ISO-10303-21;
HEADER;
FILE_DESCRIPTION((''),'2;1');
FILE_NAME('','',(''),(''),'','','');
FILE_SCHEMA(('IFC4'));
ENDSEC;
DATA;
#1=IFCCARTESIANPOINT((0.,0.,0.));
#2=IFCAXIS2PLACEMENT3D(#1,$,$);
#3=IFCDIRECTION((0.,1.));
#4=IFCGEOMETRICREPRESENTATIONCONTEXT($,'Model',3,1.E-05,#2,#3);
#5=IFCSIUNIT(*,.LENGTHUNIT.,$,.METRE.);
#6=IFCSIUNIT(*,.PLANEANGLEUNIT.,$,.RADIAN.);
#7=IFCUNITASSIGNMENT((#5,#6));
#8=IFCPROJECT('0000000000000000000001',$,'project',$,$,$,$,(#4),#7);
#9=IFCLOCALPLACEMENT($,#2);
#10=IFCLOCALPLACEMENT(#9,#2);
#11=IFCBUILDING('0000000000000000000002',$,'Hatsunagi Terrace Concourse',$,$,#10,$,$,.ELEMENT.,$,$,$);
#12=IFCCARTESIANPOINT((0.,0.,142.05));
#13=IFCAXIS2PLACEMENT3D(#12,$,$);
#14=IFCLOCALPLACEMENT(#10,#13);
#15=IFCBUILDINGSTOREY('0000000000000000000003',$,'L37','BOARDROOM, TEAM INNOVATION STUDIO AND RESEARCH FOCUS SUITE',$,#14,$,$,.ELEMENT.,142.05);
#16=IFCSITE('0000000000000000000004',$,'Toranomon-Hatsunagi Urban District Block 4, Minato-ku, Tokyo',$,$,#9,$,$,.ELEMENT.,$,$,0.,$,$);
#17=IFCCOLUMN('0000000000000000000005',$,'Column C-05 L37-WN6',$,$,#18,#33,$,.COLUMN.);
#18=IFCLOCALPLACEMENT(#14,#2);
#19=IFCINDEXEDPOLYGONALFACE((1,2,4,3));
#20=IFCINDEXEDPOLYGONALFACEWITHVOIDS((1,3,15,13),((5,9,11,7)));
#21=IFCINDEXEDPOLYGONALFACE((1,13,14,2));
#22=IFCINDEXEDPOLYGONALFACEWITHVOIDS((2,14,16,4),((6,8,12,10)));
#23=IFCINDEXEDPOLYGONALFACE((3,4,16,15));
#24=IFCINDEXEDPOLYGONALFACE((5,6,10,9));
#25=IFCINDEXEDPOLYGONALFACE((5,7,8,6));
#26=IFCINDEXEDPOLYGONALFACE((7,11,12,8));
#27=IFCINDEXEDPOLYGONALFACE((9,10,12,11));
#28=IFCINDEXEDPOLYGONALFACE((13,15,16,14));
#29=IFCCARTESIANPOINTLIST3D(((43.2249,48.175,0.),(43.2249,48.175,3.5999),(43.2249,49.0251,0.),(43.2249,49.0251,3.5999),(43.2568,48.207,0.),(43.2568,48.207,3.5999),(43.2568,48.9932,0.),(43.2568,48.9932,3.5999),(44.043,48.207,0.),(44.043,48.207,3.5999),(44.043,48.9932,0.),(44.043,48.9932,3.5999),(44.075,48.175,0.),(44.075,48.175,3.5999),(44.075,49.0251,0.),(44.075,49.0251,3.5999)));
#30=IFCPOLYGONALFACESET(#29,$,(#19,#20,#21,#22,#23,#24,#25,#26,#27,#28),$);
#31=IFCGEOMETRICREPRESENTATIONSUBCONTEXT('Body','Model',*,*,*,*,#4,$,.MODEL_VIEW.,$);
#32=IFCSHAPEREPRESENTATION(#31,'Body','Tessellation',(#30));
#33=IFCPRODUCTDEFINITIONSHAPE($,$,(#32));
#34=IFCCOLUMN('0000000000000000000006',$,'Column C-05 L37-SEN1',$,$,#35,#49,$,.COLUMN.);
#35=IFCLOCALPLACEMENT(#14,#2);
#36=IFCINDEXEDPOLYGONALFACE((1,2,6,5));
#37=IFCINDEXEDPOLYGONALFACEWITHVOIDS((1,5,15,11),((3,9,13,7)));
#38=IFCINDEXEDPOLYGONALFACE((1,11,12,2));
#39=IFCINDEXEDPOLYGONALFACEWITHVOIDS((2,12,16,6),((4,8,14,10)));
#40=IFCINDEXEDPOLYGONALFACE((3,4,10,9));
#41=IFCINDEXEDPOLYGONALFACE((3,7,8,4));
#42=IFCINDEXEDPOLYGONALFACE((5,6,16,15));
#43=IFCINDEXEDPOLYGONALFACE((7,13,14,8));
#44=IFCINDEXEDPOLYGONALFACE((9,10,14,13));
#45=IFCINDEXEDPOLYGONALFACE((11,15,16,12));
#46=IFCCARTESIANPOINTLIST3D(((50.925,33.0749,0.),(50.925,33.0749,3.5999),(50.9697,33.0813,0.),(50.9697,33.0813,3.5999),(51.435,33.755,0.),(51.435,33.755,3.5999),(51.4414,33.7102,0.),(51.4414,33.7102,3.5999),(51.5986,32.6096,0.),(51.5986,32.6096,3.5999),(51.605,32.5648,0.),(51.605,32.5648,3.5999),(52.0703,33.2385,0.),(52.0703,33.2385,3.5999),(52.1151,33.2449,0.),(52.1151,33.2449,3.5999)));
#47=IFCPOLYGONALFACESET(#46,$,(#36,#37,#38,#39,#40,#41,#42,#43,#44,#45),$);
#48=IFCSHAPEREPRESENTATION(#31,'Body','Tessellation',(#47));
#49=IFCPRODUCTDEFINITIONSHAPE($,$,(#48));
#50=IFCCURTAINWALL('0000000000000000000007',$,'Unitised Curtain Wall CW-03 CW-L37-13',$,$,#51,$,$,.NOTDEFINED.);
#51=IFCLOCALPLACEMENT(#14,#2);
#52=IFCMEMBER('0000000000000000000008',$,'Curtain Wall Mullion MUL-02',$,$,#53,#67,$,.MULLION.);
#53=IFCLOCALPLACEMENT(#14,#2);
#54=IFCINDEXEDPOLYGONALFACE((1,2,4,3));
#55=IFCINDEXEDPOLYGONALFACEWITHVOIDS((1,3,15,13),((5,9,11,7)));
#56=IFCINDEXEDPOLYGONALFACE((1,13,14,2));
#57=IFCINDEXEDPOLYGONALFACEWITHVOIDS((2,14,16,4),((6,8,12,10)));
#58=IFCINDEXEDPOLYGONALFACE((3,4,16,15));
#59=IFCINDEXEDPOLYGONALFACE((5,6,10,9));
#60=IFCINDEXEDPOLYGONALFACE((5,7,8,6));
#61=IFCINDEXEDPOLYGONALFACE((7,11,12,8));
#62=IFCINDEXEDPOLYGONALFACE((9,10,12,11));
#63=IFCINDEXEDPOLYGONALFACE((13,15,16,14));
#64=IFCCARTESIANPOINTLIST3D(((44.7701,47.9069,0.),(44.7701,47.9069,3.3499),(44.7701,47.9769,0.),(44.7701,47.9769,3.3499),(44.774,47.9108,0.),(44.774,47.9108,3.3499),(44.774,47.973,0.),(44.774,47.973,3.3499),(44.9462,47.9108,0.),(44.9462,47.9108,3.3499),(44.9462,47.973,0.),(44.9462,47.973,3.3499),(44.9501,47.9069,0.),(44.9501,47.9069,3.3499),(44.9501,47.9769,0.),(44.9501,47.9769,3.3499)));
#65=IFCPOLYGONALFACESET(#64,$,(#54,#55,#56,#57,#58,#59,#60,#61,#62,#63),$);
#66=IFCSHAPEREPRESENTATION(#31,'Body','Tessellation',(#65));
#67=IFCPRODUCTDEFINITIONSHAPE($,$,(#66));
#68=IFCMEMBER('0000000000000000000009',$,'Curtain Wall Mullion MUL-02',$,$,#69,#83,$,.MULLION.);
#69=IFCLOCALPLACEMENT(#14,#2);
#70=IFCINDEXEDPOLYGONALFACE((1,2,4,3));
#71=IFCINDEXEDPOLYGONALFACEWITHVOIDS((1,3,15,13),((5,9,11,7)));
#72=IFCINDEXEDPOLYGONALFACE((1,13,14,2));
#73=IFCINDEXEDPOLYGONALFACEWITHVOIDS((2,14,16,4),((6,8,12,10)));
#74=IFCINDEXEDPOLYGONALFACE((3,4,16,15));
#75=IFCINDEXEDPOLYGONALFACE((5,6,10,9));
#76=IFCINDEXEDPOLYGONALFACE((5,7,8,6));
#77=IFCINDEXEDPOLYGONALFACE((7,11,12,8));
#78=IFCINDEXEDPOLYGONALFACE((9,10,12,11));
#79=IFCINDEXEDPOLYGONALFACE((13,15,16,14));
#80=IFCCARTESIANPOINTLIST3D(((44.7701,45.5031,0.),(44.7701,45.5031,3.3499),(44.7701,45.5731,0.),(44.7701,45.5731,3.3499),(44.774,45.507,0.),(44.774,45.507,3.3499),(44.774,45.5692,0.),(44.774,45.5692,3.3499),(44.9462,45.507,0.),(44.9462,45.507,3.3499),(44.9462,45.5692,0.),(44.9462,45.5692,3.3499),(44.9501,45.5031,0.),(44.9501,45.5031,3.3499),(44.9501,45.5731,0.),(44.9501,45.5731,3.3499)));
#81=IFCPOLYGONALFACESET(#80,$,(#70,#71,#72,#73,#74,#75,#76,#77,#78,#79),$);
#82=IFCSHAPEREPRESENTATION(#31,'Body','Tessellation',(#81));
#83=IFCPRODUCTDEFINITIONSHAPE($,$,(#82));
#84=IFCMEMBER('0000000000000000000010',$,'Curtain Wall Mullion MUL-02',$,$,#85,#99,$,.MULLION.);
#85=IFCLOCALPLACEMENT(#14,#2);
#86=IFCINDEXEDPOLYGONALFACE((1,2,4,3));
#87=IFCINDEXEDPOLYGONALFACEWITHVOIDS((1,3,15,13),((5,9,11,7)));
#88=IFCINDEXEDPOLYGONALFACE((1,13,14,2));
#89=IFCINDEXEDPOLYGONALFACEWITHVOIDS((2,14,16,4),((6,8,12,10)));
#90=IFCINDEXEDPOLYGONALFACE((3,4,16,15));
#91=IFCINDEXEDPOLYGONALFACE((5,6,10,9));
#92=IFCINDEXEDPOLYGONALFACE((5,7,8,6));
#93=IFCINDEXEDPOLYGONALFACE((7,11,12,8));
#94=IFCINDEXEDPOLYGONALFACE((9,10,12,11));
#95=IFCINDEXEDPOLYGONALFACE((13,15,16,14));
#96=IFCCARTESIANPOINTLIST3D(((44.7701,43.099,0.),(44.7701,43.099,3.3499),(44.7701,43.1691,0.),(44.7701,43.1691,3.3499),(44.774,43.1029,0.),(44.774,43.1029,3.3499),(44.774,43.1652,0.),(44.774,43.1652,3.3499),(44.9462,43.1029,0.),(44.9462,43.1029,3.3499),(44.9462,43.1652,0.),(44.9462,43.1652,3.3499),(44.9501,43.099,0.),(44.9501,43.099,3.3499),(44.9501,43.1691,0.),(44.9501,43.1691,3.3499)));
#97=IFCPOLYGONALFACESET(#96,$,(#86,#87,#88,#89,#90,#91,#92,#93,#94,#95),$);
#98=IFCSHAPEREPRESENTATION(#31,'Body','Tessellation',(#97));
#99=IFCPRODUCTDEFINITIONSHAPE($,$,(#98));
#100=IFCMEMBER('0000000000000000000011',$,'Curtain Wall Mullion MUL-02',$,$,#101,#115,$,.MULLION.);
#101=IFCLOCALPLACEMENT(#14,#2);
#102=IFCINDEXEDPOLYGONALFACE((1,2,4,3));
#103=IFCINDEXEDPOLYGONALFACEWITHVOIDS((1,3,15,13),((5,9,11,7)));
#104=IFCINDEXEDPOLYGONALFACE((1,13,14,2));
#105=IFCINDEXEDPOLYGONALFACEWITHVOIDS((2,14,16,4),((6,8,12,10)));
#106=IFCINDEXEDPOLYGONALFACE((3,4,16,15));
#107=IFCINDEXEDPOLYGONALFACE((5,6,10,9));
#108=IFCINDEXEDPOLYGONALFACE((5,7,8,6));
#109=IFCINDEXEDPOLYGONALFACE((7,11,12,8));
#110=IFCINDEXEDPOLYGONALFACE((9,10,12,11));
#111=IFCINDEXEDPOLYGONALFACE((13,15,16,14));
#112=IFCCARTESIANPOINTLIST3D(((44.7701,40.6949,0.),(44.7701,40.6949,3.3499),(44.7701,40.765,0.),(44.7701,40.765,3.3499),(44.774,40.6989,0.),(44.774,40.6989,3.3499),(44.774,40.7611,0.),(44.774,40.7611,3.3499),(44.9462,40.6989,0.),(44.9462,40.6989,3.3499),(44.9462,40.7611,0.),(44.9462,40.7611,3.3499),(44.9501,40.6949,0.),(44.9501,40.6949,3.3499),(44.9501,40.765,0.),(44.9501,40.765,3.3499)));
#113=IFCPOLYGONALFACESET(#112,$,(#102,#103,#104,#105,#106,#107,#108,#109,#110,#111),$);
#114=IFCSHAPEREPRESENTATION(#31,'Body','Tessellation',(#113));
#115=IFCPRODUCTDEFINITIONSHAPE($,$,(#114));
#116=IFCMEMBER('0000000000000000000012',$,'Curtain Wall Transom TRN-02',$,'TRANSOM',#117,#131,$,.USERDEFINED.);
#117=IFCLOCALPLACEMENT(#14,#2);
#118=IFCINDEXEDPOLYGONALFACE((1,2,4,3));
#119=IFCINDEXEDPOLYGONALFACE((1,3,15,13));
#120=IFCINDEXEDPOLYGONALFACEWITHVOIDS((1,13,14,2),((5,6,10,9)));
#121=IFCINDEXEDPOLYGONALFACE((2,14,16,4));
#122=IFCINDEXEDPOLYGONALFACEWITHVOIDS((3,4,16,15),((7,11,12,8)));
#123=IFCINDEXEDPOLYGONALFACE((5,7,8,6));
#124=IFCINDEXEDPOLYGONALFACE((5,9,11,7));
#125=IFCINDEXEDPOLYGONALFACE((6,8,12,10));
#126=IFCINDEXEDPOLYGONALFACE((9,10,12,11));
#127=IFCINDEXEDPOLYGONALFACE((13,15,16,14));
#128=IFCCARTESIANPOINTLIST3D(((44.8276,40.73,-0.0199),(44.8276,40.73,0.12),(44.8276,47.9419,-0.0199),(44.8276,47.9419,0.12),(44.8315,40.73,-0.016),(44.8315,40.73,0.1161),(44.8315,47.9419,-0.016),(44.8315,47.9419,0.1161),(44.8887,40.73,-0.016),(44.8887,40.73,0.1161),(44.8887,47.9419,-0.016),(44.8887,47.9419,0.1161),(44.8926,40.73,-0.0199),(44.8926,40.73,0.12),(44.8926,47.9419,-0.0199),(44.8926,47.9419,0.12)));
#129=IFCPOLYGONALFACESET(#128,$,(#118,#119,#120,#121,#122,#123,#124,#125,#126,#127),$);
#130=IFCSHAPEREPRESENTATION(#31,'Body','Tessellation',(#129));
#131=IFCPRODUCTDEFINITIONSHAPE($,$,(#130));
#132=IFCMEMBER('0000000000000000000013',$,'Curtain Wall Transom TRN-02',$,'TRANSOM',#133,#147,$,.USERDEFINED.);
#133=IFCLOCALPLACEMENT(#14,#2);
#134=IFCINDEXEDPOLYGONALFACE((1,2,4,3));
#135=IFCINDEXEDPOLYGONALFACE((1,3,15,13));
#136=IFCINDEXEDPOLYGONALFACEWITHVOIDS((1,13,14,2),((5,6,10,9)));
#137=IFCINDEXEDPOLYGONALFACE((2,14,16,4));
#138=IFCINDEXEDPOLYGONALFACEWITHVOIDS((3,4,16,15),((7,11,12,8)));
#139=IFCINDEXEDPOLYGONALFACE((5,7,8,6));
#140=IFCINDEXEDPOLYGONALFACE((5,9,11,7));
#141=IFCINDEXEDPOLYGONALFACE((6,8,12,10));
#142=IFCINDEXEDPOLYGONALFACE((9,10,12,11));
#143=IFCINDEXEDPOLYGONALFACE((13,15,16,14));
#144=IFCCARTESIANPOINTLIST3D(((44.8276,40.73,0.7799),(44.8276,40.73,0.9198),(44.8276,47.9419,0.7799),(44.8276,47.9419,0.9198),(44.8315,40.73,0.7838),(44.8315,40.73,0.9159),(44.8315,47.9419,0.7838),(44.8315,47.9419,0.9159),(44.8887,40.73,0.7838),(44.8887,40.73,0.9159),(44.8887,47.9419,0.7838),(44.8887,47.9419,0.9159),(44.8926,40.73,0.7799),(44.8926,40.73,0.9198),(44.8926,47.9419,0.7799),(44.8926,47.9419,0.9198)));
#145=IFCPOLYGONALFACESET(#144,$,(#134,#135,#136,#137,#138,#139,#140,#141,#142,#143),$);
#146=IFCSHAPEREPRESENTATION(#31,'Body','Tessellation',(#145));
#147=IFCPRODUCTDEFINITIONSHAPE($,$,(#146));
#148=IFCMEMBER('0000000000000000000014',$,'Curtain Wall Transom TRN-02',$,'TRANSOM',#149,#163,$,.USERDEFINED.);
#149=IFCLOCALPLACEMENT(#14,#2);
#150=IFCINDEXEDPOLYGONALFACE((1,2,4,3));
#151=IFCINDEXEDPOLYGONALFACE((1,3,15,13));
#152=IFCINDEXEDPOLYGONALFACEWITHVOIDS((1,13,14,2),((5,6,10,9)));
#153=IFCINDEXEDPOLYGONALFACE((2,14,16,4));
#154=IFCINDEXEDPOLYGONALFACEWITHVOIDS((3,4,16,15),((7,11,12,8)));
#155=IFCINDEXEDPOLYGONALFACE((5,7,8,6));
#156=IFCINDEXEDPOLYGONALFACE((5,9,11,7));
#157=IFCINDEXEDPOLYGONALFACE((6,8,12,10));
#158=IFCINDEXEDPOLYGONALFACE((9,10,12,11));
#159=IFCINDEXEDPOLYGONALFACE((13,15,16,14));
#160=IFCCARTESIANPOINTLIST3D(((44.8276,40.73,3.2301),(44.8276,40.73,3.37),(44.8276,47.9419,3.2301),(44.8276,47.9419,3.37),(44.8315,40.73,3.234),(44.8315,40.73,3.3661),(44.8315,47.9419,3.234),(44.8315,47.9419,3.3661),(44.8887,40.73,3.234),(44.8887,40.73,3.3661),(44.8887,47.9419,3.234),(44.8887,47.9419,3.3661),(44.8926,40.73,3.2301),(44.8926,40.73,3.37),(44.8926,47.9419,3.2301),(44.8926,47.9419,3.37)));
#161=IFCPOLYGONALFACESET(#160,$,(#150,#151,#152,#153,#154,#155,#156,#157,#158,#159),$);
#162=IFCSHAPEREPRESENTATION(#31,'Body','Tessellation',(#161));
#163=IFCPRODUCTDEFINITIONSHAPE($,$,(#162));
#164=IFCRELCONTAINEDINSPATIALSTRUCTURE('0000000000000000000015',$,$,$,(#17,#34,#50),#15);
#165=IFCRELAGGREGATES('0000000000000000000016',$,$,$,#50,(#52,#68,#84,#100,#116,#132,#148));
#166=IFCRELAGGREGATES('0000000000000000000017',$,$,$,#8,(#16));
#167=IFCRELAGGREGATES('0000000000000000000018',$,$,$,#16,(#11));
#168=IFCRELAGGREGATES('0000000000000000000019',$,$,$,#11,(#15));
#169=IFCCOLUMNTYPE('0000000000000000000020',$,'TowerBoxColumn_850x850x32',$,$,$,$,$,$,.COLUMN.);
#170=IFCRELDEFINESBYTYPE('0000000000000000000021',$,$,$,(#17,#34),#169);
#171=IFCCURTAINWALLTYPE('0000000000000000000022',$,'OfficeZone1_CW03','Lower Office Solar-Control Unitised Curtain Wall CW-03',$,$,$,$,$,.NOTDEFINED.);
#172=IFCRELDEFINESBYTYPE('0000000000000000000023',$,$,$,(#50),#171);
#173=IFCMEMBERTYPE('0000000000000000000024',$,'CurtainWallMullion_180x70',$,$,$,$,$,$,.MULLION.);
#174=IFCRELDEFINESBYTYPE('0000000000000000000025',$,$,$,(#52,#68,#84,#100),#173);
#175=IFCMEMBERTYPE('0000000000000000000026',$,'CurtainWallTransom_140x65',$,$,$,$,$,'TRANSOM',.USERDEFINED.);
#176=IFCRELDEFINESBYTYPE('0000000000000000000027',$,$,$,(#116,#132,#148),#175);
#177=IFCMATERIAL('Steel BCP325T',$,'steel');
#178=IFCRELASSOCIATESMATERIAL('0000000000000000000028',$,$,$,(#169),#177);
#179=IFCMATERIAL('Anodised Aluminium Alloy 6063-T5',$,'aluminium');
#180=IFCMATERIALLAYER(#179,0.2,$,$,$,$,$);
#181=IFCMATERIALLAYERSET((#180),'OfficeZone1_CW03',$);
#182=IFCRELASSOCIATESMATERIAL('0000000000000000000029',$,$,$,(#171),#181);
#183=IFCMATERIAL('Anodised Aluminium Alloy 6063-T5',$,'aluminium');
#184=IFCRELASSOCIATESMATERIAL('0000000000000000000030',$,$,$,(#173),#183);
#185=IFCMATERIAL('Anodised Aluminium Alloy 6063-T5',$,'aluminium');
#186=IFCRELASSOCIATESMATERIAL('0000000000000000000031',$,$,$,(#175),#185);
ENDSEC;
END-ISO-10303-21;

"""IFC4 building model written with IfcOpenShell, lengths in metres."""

from ifc_helpers import new_model, si_unit, direction, frame, origin, origin_2d, place, context, subcontext, project, spatial, hollow_rectangle, extrude, material, layer, layer_set, material_profile, profile_set, type_object, element, aggregate, save


model = new_model("IFC4")

# Units and contexts
model_context = context("Model", 3, precision=1e-05, world=origin(), true_north=direction((0.0, 1.0)))
body_context = subcontext(model_context, "Body", "Model", "MODEL_VIEW")
ifc_project = project(units=[si_unit("LENGTHUNIT", "METRE"), si_unit("PLANEANGLEUNIT", "RADIAN")], contexts=[model_context])

# Site, building, storey
site_placement = place(None, origin())
site = spatial("IfcSite", under=ifc_project, at=site_placement, Name="Toranomon-Hatsunagi Urban District Block 4, Minato-ku, Tokyo", CompositionType="ELEMENT", RefElevation=0.0)
building_placement = place(site_placement, origin())
building = spatial("IfcBuilding", under=site, at=building_placement, Name="Hatsunagi Terrace Concourse", CompositionType="ELEMENT")
storey_placement = place(building_placement, frame((0.0, 0.0, 142.05)))
storey = spatial("IfcBuildingStorey", under=building, at=storey_placement, Name="L37", Description="BOARDROOM, TEAM INNOVATION STUDIO AND RESEARCH FOCUS SUITE", CompositionType="ELEMENT", Elevation=142.05)

# Columns
ifc_material_1 = material(Name="Steel BCP325T", Category="steel")
ifc_material_profile_1 = material_profile(ifc_material_1, hollow_rectangle(XDim=0.8501, YDim=0.8501, WallThickness=0.032, at=origin_2d()), Name="BCP-850x850x32")
ifc_profile_set_1 = profile_set([ifc_material_profile_1], Name="Steel BCP325T")
column_type = type_object("IfcColumnType", Name="TowerBoxColumn_850x850x32", PredefinedType="COLUMN", material=ifc_profile_set_1)
for number, where, z_axis, x_axis, name in (
    (1, (43.6499, 48.6001, 0.0), (0.0, 0.0, 1.0), (1.0, 0.0, 0.0), "Column C-05 L37-WN6"),
    (2, (51.52, 33.1599, 0.0), (0.0, 0.0, 1.0), (0.8, -0.6, 0.0), "Column C-05 L37-SEN1"),
):
    element("IfcColumn", number, at=place(storey_placement, frame(where, z_axis=z_axis, x_axis=x_axis)), inside=storey, type_object=column_type, Name=name, PredefinedType="COLUMN", context=body_context, shape_type="SweptSolid", body=[
        extrude(hollow_rectangle(XDim=0.8501, YDim=0.8501, WallThickness=0.032, at=origin_2d()), origin(), (0.0, 0.0, 1.0), 3.5999),
    ])

# Curtain wall, members
ifc_material_2 = material(Name="Anodised Aluminium Alloy 6063-T5", Category="aluminium")
ifc_layer_1 = layer(ifc_material_2, 0.2)
ifc_layer_set_1 = layer_set([ifc_layer_1], Name="OfficeZone1_CW03")
curtain_wall_type = type_object("IfcCurtainWallType", Name="OfficeZone1_CW03", Description="Lower Office Solar-Control Unitised Curtain Wall CW-03", PredefinedType="NOTDEFINED", material=ifc_layer_set_1)
curtain_wall_placement = place(storey_placement, origin())
curtain_wall = element("IfcCurtainWall", 3, at=curtain_wall_placement, inside=storey, type_object=curtain_wall_type, Name="Unitised Curtain Wall CW-03 CW-L37-13", PredefinedType="NOTDEFINED")
ifc_material_3 = material(Name="Anodised Aluminium Alloy 6063-T5", Category="aluminium")
ifc_material_profile_2 = material_profile(ifc_material_3, hollow_rectangle(XDim=0.0701, YDim=0.1799, WallThickness=0.0039, at=origin_2d()), Name="ALU-MUL-180x70x4")
ifc_profile_set_2 = profile_set([ifc_material_profile_2], Name="Anodised Aluminium Alloy 6063-T5")
member_type_1 = type_object("IfcMemberType", Name="CurtainWallMullion_180x70", PredefinedType="MULLION", material=ifc_profile_set_2)
member_1_placement = place(storey_placement, frame((44.8601, 47.9419, 0.0), z_axis=(0.0, 0.0, 1.0), x_axis=(0.0, -1.0, 0.0)))
member_1 = element("IfcMember", 4, at=member_1_placement, type_object=member_type_1, Name="Curtain Wall Mullion MUL-02", PredefinedType="MULLION", context=body_context, shape_type="SweptSolid", body=[
    extrude(hollow_rectangle(XDim=0.0701, YDim=0.1799, WallThickness=0.0039, at=origin_2d()), origin(), (0.0, 0.0, 1.0), 3.3499),
])
member_2_placement = place(storey_placement, frame((44.8601, 45.5381, 0.0), z_axis=(0.0, 0.0, 1.0), x_axis=(0.0, -1.0, 0.0)))
member_2 = element("IfcMember", 5, at=member_2_placement, type_object=member_type_1, Name="Curtain Wall Mullion MUL-02", PredefinedType="MULLION", context=body_context, shape_type="SweptSolid", body=[
    extrude(hollow_rectangle(XDim=0.0701, YDim=0.1799, WallThickness=0.0039, at=origin_2d()), origin(), (0.0, 0.0, 1.0), 3.3499),
])
member_3_placement = place(storey_placement, frame((44.8601, 43.134, 0.0), z_axis=(0.0, 0.0, 1.0), x_axis=(0.0, -1.0, 0.0)))
member_3 = element("IfcMember", 6, at=member_3_placement, type_object=member_type_1, Name="Curtain Wall Mullion MUL-02", PredefinedType="MULLION", context=body_context, shape_type="SweptSolid", body=[
    extrude(hollow_rectangle(XDim=0.0701, YDim=0.1799, WallThickness=0.0039, at=origin_2d()), origin(), (0.0, 0.0, 1.0), 3.3499),
])
member_4_placement = place(storey_placement, frame((44.8601, 40.73, 0.0), z_axis=(0.0, 0.0, 1.0), x_axis=(0.0, -1.0, 0.0)))
member_4 = element("IfcMember", 7, at=member_4_placement, type_object=member_type_1, Name="Curtain Wall Mullion MUL-02", PredefinedType="MULLION", context=body_context, shape_type="SweptSolid", body=[
    extrude(hollow_rectangle(XDim=0.0701, YDim=0.1799, WallThickness=0.0039, at=origin_2d()), origin(), (0.0, 0.0, 1.0), 3.3499),
])
ifc_material_4 = material(Name="Anodised Aluminium Alloy 6063-T5", Category="aluminium")
ifc_material_profile_3 = material_profile(ifc_material_4, hollow_rectangle(XDim=0.0649, YDim=0.1399, WallThickness=0.0039, at=origin_2d()), Name="ALU-TRN-140x65x4")
ifc_profile_set_3 = profile_set([ifc_material_profile_3], Name="Anodised Aluminium Alloy 6063-T5")
member_type_2 = type_object("IfcMemberType", Name="CurtainWallTransom_140x65", ElementType="TRANSOM", PredefinedType="USERDEFINED", material=ifc_profile_set_3)
member_5_placement = place(storey_placement, frame((44.8601, 47.9419, 0.05), z_axis=(0.0, -1.0, 0.0), x_axis=(1.0, 0.0, 0.0)))
member_5 = element("IfcMember", 8, at=member_5_placement, type_object=member_type_2, Name="Curtain Wall Transom TRN-02", ObjectType="TRANSOM", PredefinedType="USERDEFINED", context=body_context, shape_type="SweptSolid", body=[
    extrude(hollow_rectangle(XDim=0.0649, YDim=0.1399, WallThickness=0.0039, at=origin_2d()), origin(), (0.0, 0.0, 1.0), 7.2119),
])
member_6_placement = place(storey_placement, frame((44.8601, 47.9419, 0.8499), z_axis=(0.0, -1.0, 0.0), x_axis=(1.0, 0.0, 0.0)))
member_6 = element("IfcMember", 9, at=member_6_placement, type_object=member_type_2, Name="Curtain Wall Transom TRN-02", ObjectType="TRANSOM", PredefinedType="USERDEFINED", context=body_context, shape_type="SweptSolid", body=[
    extrude(hollow_rectangle(XDim=0.0649, YDim=0.1399, WallThickness=0.0039, at=origin_2d()), origin(), (0.0, 0.0, 1.0), 7.2119),
])
member_7_placement = place(storey_placement, frame((44.8601, 47.9419, 3.3), z_axis=(0.0, -1.0, 0.0), x_axis=(1.0, 0.0, 0.0)))
member_7 = element("IfcMember", 10, at=member_7_placement, type_object=member_type_2, Name="Curtain Wall Transom TRN-02", ObjectType="TRANSOM", PredefinedType="USERDEFINED", context=body_context, shape_type="SweptSolid", body=[
    extrude(hollow_rectangle(XDim=0.0649, YDim=0.1399, WallThickness=0.0039, at=origin_2d()), origin(), (0.0, 0.0, 1.0), 7.2119),
])

aggregate(curtain_wall, [member_1, member_2, member_3, member_4, member_5, member_6, member_7])

save(model, "model.ifc")
